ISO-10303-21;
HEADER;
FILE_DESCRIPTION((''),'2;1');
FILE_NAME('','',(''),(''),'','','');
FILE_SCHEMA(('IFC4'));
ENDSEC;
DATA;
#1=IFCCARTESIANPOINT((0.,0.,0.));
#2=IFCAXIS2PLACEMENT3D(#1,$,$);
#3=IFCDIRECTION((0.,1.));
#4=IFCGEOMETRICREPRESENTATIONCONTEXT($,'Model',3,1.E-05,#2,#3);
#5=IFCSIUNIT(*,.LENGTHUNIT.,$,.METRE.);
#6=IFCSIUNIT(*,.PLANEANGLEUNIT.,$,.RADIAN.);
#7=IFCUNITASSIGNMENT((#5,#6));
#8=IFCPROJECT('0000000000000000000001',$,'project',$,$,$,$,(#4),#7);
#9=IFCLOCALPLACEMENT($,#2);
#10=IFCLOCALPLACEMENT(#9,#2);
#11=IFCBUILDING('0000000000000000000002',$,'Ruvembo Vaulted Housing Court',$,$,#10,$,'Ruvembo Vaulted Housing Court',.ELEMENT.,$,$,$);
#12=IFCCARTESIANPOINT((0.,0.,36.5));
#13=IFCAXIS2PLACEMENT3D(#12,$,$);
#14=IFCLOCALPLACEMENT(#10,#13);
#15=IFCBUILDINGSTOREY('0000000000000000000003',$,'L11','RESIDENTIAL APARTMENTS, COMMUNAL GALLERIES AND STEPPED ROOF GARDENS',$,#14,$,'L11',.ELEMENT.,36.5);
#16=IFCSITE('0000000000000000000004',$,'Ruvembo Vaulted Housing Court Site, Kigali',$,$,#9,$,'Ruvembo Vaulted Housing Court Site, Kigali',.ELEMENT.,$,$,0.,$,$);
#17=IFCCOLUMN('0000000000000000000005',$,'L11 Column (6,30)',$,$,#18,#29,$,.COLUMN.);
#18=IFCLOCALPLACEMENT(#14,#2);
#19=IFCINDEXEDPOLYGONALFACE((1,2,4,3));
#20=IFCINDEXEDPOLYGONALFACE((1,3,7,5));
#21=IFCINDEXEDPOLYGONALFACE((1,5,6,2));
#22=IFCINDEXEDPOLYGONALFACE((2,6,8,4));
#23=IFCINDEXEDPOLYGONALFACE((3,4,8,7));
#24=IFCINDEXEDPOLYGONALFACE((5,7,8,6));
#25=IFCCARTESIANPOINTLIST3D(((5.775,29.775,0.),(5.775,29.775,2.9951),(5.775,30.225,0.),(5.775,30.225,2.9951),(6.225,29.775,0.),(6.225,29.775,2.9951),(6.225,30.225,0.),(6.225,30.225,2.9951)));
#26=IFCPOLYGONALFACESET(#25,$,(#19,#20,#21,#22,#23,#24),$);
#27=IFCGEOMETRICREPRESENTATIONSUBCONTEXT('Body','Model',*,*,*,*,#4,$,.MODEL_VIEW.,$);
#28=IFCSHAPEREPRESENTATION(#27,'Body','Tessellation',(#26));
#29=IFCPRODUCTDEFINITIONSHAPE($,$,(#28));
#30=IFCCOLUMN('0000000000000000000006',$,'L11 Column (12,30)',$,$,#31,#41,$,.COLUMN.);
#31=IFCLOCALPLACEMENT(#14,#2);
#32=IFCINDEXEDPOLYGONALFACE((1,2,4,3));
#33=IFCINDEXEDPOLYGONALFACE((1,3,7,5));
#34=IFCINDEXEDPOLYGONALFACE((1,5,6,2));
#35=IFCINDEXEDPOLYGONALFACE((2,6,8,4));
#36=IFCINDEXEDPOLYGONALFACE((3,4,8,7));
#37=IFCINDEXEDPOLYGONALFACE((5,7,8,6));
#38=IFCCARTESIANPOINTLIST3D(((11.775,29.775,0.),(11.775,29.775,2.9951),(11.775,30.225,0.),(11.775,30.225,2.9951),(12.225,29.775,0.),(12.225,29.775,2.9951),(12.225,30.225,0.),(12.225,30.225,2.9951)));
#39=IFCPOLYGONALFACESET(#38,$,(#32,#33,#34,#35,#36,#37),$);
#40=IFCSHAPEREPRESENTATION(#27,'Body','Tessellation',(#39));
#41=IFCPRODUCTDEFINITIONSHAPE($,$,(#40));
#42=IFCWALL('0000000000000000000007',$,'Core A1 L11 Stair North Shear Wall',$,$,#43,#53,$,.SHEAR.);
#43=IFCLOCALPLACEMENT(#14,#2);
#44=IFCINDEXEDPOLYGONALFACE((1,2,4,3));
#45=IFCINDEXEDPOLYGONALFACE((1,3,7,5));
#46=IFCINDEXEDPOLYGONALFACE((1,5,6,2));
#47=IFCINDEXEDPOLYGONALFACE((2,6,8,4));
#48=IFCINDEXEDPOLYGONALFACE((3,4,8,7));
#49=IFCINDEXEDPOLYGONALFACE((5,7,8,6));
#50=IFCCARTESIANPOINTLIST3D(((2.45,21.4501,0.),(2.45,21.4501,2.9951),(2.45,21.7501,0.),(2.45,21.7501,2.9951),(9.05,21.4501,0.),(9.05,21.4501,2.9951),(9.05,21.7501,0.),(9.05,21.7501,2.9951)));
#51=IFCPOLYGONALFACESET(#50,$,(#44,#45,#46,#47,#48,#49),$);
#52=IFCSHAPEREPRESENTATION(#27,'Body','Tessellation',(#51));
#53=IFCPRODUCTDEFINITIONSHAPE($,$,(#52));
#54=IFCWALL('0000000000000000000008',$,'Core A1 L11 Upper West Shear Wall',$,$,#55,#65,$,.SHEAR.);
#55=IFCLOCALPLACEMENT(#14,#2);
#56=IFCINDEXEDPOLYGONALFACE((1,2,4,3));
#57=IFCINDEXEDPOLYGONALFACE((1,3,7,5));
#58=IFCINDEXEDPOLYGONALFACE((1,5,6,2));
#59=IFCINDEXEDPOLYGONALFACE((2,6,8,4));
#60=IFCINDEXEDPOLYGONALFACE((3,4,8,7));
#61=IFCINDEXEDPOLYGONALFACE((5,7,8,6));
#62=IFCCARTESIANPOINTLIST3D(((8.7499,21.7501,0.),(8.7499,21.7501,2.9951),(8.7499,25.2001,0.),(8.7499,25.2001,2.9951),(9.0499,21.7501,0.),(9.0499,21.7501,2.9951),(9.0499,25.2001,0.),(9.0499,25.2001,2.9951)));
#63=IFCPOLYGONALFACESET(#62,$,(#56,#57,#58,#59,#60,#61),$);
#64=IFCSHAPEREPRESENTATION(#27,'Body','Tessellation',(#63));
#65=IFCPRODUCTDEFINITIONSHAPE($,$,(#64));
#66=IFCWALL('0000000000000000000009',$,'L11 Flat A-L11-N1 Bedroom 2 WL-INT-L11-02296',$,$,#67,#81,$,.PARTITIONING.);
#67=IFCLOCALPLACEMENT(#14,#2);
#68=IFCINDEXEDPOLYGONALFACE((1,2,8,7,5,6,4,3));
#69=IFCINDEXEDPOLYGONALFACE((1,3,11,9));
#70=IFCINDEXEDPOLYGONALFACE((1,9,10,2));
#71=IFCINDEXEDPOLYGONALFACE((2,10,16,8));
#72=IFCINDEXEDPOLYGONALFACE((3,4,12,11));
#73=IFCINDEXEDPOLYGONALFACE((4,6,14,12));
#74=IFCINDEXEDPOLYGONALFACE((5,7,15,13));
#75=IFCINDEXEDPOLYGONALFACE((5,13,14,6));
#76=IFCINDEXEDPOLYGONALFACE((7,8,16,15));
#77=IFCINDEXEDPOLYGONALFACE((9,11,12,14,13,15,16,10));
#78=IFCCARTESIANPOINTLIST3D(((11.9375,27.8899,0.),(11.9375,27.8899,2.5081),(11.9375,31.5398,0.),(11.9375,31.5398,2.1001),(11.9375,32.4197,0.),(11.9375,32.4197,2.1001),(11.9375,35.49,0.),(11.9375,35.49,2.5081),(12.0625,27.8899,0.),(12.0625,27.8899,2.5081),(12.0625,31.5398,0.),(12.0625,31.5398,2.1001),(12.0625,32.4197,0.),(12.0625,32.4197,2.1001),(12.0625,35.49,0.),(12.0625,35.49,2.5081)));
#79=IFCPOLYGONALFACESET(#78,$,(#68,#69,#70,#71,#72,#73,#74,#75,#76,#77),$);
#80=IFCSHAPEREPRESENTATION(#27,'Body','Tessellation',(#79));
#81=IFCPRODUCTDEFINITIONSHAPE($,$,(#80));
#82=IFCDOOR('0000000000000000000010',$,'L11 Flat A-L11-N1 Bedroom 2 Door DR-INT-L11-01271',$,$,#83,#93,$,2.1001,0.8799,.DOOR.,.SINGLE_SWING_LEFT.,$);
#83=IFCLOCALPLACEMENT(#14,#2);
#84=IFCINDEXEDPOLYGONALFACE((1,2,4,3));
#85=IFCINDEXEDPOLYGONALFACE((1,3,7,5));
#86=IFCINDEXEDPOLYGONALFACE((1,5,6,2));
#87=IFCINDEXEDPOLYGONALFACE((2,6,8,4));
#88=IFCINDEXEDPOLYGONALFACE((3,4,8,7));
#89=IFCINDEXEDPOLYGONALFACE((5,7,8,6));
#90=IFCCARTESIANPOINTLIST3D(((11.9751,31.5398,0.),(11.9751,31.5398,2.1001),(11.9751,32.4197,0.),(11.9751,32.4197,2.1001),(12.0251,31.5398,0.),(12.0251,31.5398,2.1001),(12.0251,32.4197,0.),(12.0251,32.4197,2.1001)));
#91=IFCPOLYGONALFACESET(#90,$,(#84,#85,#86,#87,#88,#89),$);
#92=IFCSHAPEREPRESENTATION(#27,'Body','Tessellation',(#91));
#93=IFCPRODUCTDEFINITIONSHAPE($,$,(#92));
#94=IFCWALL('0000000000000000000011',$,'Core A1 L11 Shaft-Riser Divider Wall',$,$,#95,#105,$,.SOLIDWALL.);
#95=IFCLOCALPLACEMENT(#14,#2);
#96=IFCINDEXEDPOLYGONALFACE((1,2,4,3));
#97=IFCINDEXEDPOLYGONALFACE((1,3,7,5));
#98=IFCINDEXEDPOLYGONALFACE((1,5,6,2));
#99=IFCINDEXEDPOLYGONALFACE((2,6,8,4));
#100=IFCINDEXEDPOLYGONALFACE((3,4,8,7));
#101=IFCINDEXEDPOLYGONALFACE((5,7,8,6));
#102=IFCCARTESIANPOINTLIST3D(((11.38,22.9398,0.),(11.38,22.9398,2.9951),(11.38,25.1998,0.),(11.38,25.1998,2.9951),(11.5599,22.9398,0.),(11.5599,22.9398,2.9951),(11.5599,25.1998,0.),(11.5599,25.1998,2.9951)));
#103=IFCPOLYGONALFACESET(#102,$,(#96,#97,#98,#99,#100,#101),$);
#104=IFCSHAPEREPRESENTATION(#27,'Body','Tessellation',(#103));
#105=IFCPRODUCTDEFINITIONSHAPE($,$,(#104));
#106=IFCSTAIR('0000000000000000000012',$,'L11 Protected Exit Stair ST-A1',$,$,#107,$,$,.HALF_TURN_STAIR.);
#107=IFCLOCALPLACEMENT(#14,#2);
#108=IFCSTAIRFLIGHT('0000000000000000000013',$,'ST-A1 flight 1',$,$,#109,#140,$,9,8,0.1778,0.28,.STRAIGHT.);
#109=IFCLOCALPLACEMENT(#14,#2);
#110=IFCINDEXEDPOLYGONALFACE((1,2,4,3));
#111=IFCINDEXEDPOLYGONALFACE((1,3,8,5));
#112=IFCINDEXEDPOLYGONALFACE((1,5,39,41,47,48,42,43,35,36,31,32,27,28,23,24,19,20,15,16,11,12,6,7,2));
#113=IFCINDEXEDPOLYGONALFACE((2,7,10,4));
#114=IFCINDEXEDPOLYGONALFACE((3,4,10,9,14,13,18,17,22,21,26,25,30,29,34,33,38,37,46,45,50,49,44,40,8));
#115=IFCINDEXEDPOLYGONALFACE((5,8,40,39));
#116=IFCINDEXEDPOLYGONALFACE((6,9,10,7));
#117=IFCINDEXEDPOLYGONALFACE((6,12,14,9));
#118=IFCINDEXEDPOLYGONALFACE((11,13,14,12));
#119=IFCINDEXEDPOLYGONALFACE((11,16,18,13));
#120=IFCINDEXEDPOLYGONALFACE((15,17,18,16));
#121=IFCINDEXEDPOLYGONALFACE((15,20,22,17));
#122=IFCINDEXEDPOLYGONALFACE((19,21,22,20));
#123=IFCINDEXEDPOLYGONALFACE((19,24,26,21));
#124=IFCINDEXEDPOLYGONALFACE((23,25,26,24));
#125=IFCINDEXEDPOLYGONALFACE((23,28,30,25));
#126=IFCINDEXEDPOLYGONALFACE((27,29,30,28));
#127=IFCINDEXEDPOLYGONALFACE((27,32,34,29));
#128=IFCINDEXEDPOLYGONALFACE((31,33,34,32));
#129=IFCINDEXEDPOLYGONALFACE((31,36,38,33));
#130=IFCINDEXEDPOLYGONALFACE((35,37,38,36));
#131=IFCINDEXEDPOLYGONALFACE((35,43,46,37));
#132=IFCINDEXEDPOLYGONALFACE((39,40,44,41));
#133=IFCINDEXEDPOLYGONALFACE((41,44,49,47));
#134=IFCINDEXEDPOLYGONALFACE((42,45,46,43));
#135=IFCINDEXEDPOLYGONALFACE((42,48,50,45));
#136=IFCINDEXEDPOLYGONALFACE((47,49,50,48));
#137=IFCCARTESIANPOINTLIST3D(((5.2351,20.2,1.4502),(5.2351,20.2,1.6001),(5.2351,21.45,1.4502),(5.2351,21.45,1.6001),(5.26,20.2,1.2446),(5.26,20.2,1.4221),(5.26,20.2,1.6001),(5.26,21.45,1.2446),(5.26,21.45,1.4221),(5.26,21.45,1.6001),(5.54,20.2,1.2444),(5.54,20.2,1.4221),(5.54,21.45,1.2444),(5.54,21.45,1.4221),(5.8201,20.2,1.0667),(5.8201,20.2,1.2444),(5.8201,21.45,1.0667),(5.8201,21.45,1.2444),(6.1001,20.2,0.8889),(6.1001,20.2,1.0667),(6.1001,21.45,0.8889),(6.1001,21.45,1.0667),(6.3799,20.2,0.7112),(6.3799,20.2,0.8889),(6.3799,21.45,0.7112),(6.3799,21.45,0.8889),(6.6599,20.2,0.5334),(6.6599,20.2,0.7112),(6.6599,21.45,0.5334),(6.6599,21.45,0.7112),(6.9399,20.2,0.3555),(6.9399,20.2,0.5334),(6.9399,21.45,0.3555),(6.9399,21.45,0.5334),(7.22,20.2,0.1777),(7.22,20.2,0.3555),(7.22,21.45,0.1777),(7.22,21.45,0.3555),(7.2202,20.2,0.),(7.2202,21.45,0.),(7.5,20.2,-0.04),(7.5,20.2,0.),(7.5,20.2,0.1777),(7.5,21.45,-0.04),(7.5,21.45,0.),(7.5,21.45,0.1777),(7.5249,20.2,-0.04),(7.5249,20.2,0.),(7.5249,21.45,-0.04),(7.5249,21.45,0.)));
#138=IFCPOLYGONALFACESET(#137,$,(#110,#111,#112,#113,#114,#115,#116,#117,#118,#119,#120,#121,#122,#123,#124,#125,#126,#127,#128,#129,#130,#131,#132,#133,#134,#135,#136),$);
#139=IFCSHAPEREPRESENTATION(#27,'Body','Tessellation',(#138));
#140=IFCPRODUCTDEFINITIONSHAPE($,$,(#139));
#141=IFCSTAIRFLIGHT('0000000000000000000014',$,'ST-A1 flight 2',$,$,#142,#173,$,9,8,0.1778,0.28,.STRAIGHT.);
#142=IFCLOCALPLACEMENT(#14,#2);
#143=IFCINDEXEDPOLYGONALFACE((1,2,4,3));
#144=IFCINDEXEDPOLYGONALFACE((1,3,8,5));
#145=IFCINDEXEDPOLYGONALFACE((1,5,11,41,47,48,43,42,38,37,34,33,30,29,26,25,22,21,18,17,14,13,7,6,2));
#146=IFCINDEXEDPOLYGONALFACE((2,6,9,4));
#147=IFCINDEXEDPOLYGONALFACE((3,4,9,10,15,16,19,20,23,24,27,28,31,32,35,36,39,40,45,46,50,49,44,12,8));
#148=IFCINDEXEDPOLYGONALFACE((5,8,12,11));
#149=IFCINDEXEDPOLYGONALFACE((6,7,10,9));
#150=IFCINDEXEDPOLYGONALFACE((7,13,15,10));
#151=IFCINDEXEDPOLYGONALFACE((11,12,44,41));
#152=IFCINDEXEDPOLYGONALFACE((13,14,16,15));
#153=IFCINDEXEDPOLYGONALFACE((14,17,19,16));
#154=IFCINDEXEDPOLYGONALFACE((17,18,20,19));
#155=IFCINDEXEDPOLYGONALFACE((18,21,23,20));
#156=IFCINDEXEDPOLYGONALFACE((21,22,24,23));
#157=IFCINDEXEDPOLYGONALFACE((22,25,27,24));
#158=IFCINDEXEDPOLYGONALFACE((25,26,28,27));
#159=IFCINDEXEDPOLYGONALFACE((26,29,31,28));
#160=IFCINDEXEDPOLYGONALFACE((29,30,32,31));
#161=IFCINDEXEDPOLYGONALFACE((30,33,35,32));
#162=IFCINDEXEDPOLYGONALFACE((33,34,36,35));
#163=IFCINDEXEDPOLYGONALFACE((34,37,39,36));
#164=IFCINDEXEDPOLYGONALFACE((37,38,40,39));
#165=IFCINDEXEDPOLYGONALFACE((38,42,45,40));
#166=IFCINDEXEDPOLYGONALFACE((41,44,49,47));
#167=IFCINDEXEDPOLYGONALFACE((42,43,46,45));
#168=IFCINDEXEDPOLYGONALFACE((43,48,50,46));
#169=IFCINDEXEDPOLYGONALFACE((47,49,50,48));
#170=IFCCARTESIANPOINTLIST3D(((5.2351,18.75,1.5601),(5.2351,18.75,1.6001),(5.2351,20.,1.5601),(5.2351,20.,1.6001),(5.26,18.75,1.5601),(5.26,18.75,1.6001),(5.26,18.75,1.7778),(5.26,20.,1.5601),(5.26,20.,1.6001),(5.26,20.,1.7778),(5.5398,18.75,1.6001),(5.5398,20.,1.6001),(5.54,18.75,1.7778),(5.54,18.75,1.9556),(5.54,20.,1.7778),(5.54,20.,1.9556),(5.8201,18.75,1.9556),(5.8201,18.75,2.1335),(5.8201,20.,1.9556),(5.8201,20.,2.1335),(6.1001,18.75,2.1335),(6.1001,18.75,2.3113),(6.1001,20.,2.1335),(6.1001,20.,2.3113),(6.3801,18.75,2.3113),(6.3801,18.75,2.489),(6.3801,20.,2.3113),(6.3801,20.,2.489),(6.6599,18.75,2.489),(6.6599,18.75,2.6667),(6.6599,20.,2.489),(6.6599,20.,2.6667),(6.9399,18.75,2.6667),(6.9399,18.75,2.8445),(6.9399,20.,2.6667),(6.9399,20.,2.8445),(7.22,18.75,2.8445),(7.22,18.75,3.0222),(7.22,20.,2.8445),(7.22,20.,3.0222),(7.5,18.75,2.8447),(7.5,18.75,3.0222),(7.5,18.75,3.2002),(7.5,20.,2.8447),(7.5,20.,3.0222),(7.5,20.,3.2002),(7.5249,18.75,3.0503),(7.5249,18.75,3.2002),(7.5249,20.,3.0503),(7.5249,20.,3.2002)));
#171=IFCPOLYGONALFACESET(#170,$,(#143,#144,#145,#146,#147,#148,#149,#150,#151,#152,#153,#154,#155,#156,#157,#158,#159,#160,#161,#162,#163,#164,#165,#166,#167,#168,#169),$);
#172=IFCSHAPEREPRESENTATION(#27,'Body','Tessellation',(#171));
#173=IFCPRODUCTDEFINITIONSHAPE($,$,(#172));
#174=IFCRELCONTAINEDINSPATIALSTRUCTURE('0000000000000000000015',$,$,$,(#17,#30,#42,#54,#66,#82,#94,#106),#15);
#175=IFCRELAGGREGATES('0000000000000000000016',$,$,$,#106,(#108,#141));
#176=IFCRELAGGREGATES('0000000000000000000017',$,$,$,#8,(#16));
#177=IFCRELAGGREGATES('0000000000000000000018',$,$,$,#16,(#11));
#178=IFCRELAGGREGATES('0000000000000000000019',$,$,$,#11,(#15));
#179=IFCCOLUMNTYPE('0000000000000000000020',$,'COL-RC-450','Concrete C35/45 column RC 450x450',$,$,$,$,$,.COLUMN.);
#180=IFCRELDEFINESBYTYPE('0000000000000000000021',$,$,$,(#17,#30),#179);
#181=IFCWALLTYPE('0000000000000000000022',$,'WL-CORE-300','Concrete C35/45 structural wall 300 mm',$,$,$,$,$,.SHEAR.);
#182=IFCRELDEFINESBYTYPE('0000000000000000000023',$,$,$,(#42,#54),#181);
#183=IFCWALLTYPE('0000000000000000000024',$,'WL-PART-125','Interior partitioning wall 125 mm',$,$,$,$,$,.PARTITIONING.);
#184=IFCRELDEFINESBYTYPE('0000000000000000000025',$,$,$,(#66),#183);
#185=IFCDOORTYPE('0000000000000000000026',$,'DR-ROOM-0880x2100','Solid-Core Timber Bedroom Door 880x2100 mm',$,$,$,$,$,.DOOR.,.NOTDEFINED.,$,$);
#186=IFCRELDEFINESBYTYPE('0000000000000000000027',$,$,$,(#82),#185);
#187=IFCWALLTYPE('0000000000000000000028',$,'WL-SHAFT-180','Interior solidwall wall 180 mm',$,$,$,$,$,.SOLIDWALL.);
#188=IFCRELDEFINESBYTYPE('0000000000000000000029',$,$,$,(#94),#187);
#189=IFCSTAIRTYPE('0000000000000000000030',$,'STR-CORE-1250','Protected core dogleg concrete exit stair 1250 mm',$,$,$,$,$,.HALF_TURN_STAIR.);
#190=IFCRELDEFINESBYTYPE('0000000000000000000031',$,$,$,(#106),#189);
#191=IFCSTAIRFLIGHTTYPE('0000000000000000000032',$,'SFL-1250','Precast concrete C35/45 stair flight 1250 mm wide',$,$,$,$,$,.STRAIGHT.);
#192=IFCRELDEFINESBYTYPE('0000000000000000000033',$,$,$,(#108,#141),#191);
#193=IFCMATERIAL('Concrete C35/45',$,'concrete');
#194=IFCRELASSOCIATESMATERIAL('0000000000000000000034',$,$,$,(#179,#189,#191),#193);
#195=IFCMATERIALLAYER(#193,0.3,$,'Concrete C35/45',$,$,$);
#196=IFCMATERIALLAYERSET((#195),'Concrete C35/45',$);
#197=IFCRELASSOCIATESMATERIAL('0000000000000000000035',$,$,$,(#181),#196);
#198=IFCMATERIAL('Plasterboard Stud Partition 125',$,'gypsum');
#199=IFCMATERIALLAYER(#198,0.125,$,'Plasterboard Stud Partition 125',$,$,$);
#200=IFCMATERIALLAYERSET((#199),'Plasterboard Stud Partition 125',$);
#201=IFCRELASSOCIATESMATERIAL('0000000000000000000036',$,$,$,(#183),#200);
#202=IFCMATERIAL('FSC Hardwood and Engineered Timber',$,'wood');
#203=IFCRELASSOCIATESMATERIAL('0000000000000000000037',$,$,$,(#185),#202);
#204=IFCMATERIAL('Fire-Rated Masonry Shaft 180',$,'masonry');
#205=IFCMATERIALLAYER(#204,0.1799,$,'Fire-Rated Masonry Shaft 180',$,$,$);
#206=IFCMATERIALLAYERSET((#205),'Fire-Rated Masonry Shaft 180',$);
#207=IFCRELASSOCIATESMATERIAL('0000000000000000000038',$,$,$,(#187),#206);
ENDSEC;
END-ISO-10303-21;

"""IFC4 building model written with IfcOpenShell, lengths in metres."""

from ifc_helpers import new_model, si_unit, direction, frame, frame_2d, origin, origin_2d, place, context, subcontext, project, spatial, polyline, rectangle, outline, extrude, material, layer, layer_set, material_profile, profile_set, type_object, element, fill, aggregate, save


model = new_model("IFC4")

# Units and contexts
model_context = context("Model", 3, precision=1e-05, world=origin(), true_north=direction((0.0, 1.0)))
body_context = subcontext(model_context, "Body", "Model", "MODEL_VIEW")
ifc_project = project(units=[si_unit("LENGTHUNIT", "METRE"), si_unit("PLANEANGLEUNIT", "RADIAN")], contexts=[model_context])

# Site, building, storey
site_placement = place(None, origin())
site = spatial("IfcSite", under=ifc_project, at=site_placement, Name="Ruvembo Vaulted Housing Court Site, Kigali", LongName="Ruvembo Vaulted Housing Court Site, Kigali", CompositionType="ELEMENT", RefElevation=0.0)
building_placement = place(site_placement, origin())
building = spatial("IfcBuilding", under=site, at=building_placement, Name="Ruvembo Vaulted Housing Court", LongName="Ruvembo Vaulted Housing Court", CompositionType="ELEMENT")
storey_placement = place(building_placement, frame((0.0, 0.0, 36.5)))
storey = spatial("IfcBuildingStorey", under=building, at=storey_placement, Name="L11", Description="RESIDENTIAL APARTMENTS, COMMUNAL GALLERIES AND STEPPED ROOF GARDENS", LongName="L11", CompositionType="ELEMENT", Elevation=36.5)

# Columns
ifc_material_1 = material(Name="Concrete C35/45", Category="concrete")
ifc_material_profile = material_profile(ifc_material_1, rectangle(XDim=0.45, YDim=0.45, at=origin_2d()), Name="RC 450x450")
ifc_profile_set = profile_set([ifc_material_profile], Name="Concrete C35/45")
column_type = type_object("IfcColumnType", Name="COL-RC-450", Description="Concrete C35/45 column RC 450x450", PredefinedType="COLUMN", material=ifc_profile_set)
for number, where, z_axis, x_axis, name in (
    (1, (6.0, 30.0, 0.0), (0.0, 0.0, 1.0), (1.0, 0.0, 0.0), "L11 Column (6,30)"),
    (2, (12.0, 30.0, 0.0), (0.0, 0.0, 1.0), (1.0, 0.0, 0.0), "L11 Column (12,30)"),
):
    element("IfcColumn", number, at=place(storey_placement, frame(where, z_axis=z_axis, x_axis=x_axis)), inside=storey, type_object=column_type, Name=name, PredefinedType="COLUMN", context=body_context, shape_type="SweptSolid", body=[
        extrude(rectangle(XDim=0.45, YDim=0.45, at=origin_2d()), origin(), (0.0, 0.0, 1.0), 2.9951),
    ])

# Walls
ifc_layer_1 = layer(ifc_material_1, 0.3, Name="Concrete C35/45")
ifc_layer_set_1 = layer_set([ifc_layer_1], Name="Concrete C35/45")
wall_type_1 = type_object("IfcWallType", Name="WL-CORE-300", Description="Concrete C35/45 structural wall 300 mm", PredefinedType="SHEAR", material=ifc_layer_set_1)
wall_1_placement = place(storey_placement, frame((9.05, 21.6001, 0.0), z_axis=(0.0, 0.0, 1.0), x_axis=(-1.0, 0.0, 0.0)))
element("IfcWall", 3, at=wall_1_placement, inside=storey, type_object=wall_type_1, Name="Core A1 L11 Stair North Shear Wall", PredefinedType="SHEAR", context=body_context, shape_type="SweptSolid", body=[
    extrude(rectangle(XDim=6.6001, YDim=0.3, at=frame_2d((3.3, 0.0))), origin(), (0.0, 0.0, 1.0), 2.9951),
])
wall_2_placement = place(storey_placement, frame((8.8999, 21.75, 0.0), z_axis=(0.0, 0.0, 1.0), x_axis=(0.0, 1.0, 0.0)))
element("IfcWall", 4, at=wall_2_placement, inside=storey, type_object=wall_type_1, Name="Core A1 L11 Upper West Shear Wall", PredefinedType="SHEAR", context=body_context, shape_type="SweptSolid", body=[
    extrude(rectangle(XDim=3.45, YDim=0.3, at=frame_2d((1.7251, 0.0))), origin(), (0.0, 0.0, 1.0), 2.9951),
])

# Wall, opening, door
ifc_material_2 = material(Name="Plasterboard Stud Partition 125", Category="gypsum")
ifc_layer_2 = layer(ifc_material_2, 0.125, Name="Plasterboard Stud Partition 125")
ifc_layer_set_2 = layer_set([ifc_layer_2], Name="Plasterboard Stud Partition 125")
wall_type_2 = type_object("IfcWallType", Name="WL-PART-125", Description="Interior partitioning wall 125 mm", PredefinedType="PARTITIONING", material=ifc_layer_set_2)
wall_3_placement = place(storey_placement, frame((12.0, 27.8899, 0.0), z_axis=(0.0, 0.0, 1.0), x_axis=(0.0, 1.0, 0.0)))
wall_3 = element("IfcWall", 5, at=wall_3_placement, inside=storey, type_object=wall_type_2, Name="L11 Flat A-L11-N1 Bedroom 2 WL-INT-L11-02296", PredefinedType="PARTITIONING", context=body_context, shape_type="SweptSolid", body=[
    extrude(rectangle(XDim=7.6001, YDim=0.125, at=frame_2d((3.8, 0.0))), origin(), (0.0, 0.0, 1.0), 2.5081),
])
opening_1_placement = place(wall_3_placement, frame((3.6499, 0.0, 0.0)))
opening_1 = element("IfcOpeningElement", 6, at=opening_1_placement, cuts=wall_3, PredefinedType="OPENING", context=body_context, shape_type="SweptSolid", body=[
    extrude(rectangle(XDim=0.8799, YDim=2.1001, at=frame_2d((0.4399, 1.05))), frame((0.0, 0.0725, 0.0), z_axis=(0.0, -1.0, 0.0), x_axis=(1.0, 0.0, 0.0)), (0.0, 0.0, 1.0), 0.145),
])
ifc_material_3 = material(Name="FSC Hardwood and Engineered Timber", Category="wood")
door_type_1 = type_object("IfcDoorType", Name="DR-ROOM-0880x2100", Description="Solid-Core Timber Bedroom Door 880x2100 mm", OperationType="NOTDEFINED", PredefinedType="DOOR", material=ifc_material_3)
door_1_placement = place(opening_1_placement, origin())
door_1 = element("IfcDoor", 7, at=door_1_placement, inside=storey, type_object=door_type_1, Name="L11 Flat A-L11-N1 Bedroom 2 Door DR-INT-L11-01271", OperationType="SINGLE_SWING_LEFT", OverallHeight=2.1001, OverallWidth=0.8799, PredefinedType="DOOR", context=body_context, shape_type="SweptSolid", body=[
    extrude(rectangle(XDim=0.8799, YDim=2.1001, at=frame_2d((0.4399, 1.05))), frame((0.0, 0.0249, 0.0), z_axis=(0.0, -1.0, 0.0), x_axis=(1.0, 0.0, 0.0)), (0.0, 0.0, 1.0), 0.05),
])
fill(opening_1, door_1)

# Shared definitions
ifc_material_4 = material(Name="Fire-Rated Masonry Shaft 180", Category="masonry")
ifc_layer_3 = layer(ifc_material_4, 0.1799, Name="Fire-Rated Masonry Shaft 180")
ifc_layer_set_3 = layer_set([ifc_layer_3], Name="Fire-Rated Masonry Shaft 180")
wall_type_3 = type_object("IfcWallType", Name="WL-SHAFT-180", Description="Interior solidwall wall 180 mm", PredefinedType="SOLIDWALL", material=ifc_layer_set_3)

# Wall
wall_4_placement = place(storey_placement, frame((11.47, 22.9399, 0.0), z_axis=(0.0, 0.0, 1.0), x_axis=(0.0, 1.0, 0.0)))
element("IfcWall", 8, at=wall_4_placement, inside=storey, type_object=wall_type_3, Name="Core A1 L11 Shaft-Riser Divider Wall", PredefinedType="SOLIDWALL", context=body_context, shape_type="SweptSolid", body=[
    extrude(rectangle(XDim=2.26, YDim=0.1799, at=frame_2d((1.1299, 0.0))), origin(), (0.0, 0.0, 1.0), 2.9951),
])

# Stair, stair flights
stair_type = type_object("IfcStairType", Name="STR-CORE-1250", Description="Protected core dogleg concrete exit stair 1250 mm", PredefinedType="HALF_TURN_STAIR", material=ifc_material_1)
stair_placement = place(storey_placement, origin())
stair = element("IfcStair", 9, at=stair_placement, inside=storey, type_object=stair_type, Name="L11 Protected Exit Stair ST-A1", PredefinedType="HALF_TURN_STAIR")
stair_flight_type = type_object("IfcStairFlightType", Name="SFL-1250", Description="Precast concrete C35/45 stair flight 1250 mm wide", PredefinedType="STRAIGHT", material=ifc_material_1)
stair_flight_1_placement = place(storey_placement, frame((7.5, 20.825, 0.0), z_axis=(0.0, 0.0, 1.0), x_axis=(-1.0, 0.0, 0.0)))
stair_flight_1 = element("IfcStairFlight", 10, at=stair_flight_1_placement, type_object=stair_flight_type, Name="ST-A1 flight 1", NumberOfRisers=9, NumberOfTreads=8, PredefinedType="STRAIGHT", RiserHeight=0.1778, TreadLength=0.28, context=body_context, shape_type="SweptSolid", body=[
    extrude(outline(polyline([(-0.0249, -0.04), (-0.0249, 0.0), (0.0, 0.0), (0.0, 0.1777), (0.28, 0.1777), (0.28, 0.3555), (0.5601, 0.3555), (0.5601, 0.5334), (0.8401, 0.5334), (0.8401, 0.7112), (1.1201, 0.7112), (1.1201, 0.8889), (1.3999, 0.8889), (1.3999, 1.0667), (1.6799, 1.0667), (1.6799, 1.2444), (1.96, 1.2444), (1.96, 1.4221), (2.24, 1.4221), (2.24, 1.6001), (2.2649, 1.6001), (2.2649, 1.4502), (2.24, 1.2446), (0.2798, 0.0), (0.0, -0.04), (-0.0249, -0.04)])), frame((0.0, 0.625, 0.0), z_axis=(0.0, -1.0, 0.0), x_axis=(1.0, 0.0, 0.0)), (0.0, 0.0, 1.0), 1.25),
])
stair_flight_2_placement = place(storey_placement, frame((5.26, 19.375, 1.6001), z_axis=(0.0, 0.0, 1.0), x_axis=(1.0, 0.0, 0.0)))
stair_flight_2 = element("IfcStairFlight", 11, at=stair_flight_2_placement, type_object=stair_flight_type, Name="ST-A1 flight 2", NumberOfRisers=9, NumberOfTreads=8, PredefinedType="STRAIGHT", RiserHeight=0.1778, TreadLength=0.28, context=body_context, shape_type="SweptSolid", body=[
    extrude(outline(polyline([(-0.0249, -0.04), (-0.0249, 0.0), (0.0, 0.0), (0.0, 0.1777), (0.28, 0.1777), (0.28, 0.3555), (0.5601, 0.3555), (0.5601, 0.5334), (0.8401, 0.5334), (0.8401, 0.7112), (1.1201, 0.7112), (1.1201, 0.8889), (1.3999, 0.8889), (1.3999, 1.0667), (1.6799, 1.0667), (1.6799, 1.2444), (1.96, 1.2444), (1.96, 1.4221), (2.24, 1.4221), (2.24, 1.6001), (2.2649, 1.6001), (2.2649, 1.4502), (2.24, 1.2446), (0.2798, 0.0), (0.0, -0.04), (-0.0249, -0.04)])), frame((0.0, 0.625, 0.0), z_axis=(0.0, -1.0, 0.0), x_axis=(1.0, 0.0, 0.0)), (0.0, 0.0, 1.0), 1.25),
])
aggregate(stair, [stair_flight_1, stair_flight_2])

save(model, "model.ifc")
